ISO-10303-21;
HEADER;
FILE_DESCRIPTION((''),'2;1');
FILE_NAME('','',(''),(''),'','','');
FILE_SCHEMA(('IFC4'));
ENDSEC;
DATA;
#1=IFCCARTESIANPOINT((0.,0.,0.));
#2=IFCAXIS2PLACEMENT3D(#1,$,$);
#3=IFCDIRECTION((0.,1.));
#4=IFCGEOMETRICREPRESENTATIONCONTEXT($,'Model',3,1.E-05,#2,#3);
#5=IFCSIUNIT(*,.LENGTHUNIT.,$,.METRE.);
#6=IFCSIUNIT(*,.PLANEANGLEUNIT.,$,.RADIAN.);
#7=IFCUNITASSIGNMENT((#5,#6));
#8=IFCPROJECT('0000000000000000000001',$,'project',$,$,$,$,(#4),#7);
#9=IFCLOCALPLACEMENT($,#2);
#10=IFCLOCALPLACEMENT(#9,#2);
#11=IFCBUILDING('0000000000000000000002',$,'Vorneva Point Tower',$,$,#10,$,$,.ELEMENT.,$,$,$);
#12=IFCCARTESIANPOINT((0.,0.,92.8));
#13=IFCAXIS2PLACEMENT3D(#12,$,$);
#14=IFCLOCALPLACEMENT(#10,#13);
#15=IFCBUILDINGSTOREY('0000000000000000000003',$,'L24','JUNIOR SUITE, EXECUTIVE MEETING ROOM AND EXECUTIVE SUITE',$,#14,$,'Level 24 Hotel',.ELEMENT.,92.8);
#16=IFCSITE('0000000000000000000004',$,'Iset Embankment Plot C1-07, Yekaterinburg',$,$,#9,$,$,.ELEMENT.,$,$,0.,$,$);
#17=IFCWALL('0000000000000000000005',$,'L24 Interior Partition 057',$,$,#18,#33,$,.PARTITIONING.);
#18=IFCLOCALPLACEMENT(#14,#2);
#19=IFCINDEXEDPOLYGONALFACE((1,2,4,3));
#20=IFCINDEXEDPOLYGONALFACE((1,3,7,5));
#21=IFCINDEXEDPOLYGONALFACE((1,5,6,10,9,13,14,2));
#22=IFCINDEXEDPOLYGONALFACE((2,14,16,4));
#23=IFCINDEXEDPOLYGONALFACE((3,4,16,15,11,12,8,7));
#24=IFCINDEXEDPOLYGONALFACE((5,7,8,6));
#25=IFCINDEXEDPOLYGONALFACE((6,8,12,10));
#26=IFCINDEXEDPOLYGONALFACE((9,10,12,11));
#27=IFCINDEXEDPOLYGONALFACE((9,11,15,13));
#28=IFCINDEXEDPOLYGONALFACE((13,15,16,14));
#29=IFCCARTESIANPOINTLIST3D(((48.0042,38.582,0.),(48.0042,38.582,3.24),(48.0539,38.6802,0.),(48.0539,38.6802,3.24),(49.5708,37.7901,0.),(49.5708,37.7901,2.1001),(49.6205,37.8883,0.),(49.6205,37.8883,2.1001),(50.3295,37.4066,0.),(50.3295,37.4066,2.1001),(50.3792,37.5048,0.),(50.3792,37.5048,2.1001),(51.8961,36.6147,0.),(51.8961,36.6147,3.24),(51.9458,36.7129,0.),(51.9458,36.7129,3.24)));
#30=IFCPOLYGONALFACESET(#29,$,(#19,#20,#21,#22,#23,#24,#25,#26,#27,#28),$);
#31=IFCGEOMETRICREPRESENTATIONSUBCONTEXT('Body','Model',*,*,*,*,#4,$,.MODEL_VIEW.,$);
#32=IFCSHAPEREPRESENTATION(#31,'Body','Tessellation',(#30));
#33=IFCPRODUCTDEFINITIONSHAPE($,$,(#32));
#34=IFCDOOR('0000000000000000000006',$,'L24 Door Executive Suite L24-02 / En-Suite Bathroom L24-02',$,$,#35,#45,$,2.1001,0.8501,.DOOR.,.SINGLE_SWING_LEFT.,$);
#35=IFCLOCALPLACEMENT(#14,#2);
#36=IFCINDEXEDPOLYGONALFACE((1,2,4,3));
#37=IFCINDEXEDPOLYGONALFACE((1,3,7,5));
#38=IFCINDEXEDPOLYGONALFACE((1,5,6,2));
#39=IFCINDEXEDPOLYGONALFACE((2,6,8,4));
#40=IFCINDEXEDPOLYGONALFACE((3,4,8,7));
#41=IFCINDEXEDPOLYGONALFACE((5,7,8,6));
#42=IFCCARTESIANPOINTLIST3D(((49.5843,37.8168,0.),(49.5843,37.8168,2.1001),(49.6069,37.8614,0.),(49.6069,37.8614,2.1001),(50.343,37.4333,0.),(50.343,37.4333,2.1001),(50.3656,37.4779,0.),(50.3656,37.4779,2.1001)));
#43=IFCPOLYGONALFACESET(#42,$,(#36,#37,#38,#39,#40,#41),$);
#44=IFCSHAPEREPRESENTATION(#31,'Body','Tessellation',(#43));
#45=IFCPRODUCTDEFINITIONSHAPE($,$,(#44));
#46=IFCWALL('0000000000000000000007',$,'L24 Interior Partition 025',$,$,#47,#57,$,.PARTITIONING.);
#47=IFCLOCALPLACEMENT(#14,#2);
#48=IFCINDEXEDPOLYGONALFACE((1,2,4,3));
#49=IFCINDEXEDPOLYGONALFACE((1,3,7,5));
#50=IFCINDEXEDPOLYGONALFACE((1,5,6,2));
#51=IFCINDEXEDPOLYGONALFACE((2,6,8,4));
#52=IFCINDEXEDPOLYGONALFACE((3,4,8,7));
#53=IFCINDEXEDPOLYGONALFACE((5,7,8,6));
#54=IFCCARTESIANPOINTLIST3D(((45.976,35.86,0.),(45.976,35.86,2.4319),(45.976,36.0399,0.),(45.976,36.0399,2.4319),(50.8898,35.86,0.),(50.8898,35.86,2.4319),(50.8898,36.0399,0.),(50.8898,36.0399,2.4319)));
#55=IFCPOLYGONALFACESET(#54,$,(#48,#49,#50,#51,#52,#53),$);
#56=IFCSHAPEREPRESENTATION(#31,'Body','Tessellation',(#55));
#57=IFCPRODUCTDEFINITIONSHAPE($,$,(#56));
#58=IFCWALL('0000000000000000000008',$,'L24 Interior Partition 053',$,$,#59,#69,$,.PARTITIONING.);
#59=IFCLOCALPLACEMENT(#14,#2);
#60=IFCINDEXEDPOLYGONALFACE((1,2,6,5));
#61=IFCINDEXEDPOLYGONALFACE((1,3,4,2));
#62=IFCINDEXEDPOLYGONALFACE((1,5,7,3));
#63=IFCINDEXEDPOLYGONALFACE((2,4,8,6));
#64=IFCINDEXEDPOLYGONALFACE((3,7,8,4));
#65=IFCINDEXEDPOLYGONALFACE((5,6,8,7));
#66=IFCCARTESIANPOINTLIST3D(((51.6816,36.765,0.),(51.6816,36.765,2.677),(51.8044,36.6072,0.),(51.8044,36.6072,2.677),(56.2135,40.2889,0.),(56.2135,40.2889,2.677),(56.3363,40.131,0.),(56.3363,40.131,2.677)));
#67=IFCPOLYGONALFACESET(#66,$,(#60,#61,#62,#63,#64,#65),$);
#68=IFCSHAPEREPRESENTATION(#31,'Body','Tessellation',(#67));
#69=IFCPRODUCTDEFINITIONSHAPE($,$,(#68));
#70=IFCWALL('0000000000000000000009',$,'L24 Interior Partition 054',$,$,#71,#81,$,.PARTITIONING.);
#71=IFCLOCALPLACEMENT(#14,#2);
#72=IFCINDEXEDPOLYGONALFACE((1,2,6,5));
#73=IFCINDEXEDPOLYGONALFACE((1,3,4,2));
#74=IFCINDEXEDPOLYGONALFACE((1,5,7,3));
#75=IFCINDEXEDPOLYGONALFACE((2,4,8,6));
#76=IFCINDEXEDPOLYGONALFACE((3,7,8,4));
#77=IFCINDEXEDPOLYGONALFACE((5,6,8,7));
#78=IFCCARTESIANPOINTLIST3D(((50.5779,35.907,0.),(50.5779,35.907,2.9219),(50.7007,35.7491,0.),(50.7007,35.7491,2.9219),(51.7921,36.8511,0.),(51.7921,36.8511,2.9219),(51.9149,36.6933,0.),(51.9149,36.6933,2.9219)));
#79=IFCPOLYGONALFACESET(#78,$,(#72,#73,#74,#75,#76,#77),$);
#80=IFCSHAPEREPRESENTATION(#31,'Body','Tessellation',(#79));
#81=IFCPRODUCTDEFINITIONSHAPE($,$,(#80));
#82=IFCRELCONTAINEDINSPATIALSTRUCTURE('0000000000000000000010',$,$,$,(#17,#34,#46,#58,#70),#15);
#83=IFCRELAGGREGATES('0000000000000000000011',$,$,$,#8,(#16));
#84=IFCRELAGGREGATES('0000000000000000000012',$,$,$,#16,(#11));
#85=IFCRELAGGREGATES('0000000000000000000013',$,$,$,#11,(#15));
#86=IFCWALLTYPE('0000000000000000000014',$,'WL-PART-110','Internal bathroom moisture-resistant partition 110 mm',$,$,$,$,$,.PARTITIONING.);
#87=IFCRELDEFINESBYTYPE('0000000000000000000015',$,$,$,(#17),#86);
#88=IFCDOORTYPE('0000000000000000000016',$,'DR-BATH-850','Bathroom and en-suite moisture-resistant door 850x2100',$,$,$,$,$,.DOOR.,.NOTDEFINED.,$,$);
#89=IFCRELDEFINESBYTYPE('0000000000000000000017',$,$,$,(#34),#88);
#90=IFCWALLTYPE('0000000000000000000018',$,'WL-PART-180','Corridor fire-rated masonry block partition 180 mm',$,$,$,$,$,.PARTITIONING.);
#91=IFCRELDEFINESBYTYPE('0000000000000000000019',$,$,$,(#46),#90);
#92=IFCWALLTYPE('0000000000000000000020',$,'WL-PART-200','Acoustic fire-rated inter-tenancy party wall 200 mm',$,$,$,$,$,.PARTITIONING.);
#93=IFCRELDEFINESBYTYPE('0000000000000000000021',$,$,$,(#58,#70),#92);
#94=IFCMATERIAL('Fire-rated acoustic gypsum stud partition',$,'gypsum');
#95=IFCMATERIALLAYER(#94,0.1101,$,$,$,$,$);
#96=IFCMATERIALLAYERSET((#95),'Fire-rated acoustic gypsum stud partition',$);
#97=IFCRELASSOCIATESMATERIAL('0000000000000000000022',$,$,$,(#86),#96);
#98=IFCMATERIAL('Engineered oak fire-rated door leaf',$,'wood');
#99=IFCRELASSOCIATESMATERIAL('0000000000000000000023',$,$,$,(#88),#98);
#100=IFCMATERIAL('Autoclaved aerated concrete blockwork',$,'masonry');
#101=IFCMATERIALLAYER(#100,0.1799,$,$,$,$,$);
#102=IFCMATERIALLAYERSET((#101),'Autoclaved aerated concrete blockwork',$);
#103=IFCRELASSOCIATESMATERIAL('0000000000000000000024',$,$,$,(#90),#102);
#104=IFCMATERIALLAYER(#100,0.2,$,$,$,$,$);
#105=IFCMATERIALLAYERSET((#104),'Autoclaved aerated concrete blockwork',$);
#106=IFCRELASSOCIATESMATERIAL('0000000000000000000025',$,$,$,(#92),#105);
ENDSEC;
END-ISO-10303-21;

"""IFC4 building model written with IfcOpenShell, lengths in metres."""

from ifc_helpers import new_model, si_unit, direction, frame, frame_2d, origin, place, context, subcontext, project, spatial, rectangle, extrude, material, layer, layer_set, type_object, element, fill, save


model = new_model("IFC4")

# Units and contexts
model_context = context("Model", 3, precision=1e-05, world=origin(), true_north=direction((0.0, 1.0)))
body_context = subcontext(model_context, "Body", "Model", "MODEL_VIEW")
ifc_project = project(units=[si_unit("LENGTHUNIT", "METRE"), si_unit("PLANEANGLEUNIT", "RADIAN")], contexts=[model_context])

# Site, building, storey
site_placement = place(None, origin())
site = spatial("IfcSite", under=ifc_project, at=site_placement, Name="Iset Embankment Plot C1-07, Yekaterinburg", CompositionType="ELEMENT", RefElevation=0.0)
building_placement = place(site_placement, origin())
building = spatial("IfcBuilding", under=site, at=building_placement, Name="Vorneva Point Tower", CompositionType="ELEMENT")
storey_placement = place(building_placement, frame((0.0, 0.0, 92.8)))
storey = spatial("IfcBuildingStorey", under=building, at=storey_placement, Name="L24", Description="JUNIOR SUITE, EXECUTIVE MEETING ROOM AND EXECUTIVE SUITE", LongName="Level 24 Hotel", CompositionType="ELEMENT", Elevation=92.8)

# Wall, opening, door
ifc_material_1 = material(Name="Fire-rated acoustic gypsum stud partition", Category="gypsum")
ifc_layer_1 = layer(ifc_material_1, 0.1101)
ifc_layer_set_1 = layer_set([ifc_layer_1], Name="Fire-rated acoustic gypsum stud partition")
wall_type_1 = type_object("IfcWallType", Name="WL-PART-110", Description="Internal bathroom moisture-resistant partition 110 mm", PredefinedType="PARTITIONING", material=ifc_layer_set_1)
wall_1_placement = place(storey_placement, frame((48.0291, 38.6311, 0.0), z_axis=(0.0, 0.0, 1.0), x_axis=(0.892459, -0.451128, 0.0)))
wall_1 = element("IfcWall", 1, at=wall_1_placement, inside=storey, type_object=wall_type_1, Name="L24 Interior Partition 057", PredefinedType="PARTITIONING", context=body_context, shape_type="SweptSolid", body=[
    extrude(rectangle(XDim=4.3608, YDim=0.1101, at=frame_2d((2.1804, 0.0))), origin(), (0.0, 0.0, 1.0), 3.24),
])
opening_1_placement = place(wall_1_placement, frame((1.7554, 0.0, 0.0)))
opening_1 = element("IfcOpeningElement", 2, at=opening_1_placement, cuts=wall_1, PredefinedType="OPENING", context=body_context, shape_type="SweptSolid", body=[
    extrude(rectangle(XDim=0.8501, YDim=2.1001, at=frame_2d((0.425, 1.05))), frame((0.0, 0.0698, 0.0), z_axis=(0.0, -1.0, 0.0), x_axis=(1.0, 0.0, 0.0)), (0.0, 0.0, 1.0), 0.1399),
])
ifc_material_2 = material(Name="Engineered oak fire-rated door leaf", Category="wood")
door_type = type_object("IfcDoorType", Name="DR-BATH-850", Description="Bathroom and en-suite moisture-resistant door 850x2100", OperationType="NOTDEFINED", PredefinedType="DOOR", material=ifc_material_2)
door_placement = place(opening_1_placement, origin())
door = element("IfcDoor", 3, at=door_placement, inside=storey, type_object=door_type, Name="L24 Door Executive Suite L24-02 / En-Suite Bathroom L24-02", OperationType="SINGLE_SWING_LEFT", OverallHeight=2.1001, OverallWidth=0.8501, PredefinedType="DOOR", context=body_context, shape_type="SweptSolid", body=[
    extrude(rectangle(XDim=0.8501, YDim=2.1001, at=frame_2d((0.425, 1.05))), frame((0.0, 0.0249, 0.0), z_axis=(0.0, -1.0, 0.0), x_axis=(1.0, 0.0, 0.0)), (0.0, 0.0, 1.0), 0.05),
])
fill(opening_1, door)

# Walls
ifc_material_3 = material(Name="Autoclaved aerated concrete blockwork", Category="masonry")
ifc_layer_2 = layer(ifc_material_3, 0.1799)
ifc_layer_set_2 = layer_set([ifc_layer_2], Name="Autoclaved aerated concrete blockwork")
wall_type_2 = type_object("IfcWallType", Name="WL-PART-180", Description="Corridor fire-rated masonry block partition 180 mm", PredefinedType="PARTITIONING", material=ifc_layer_set_2)
wall_2_placement = place(storey_placement, frame((50.8899, 35.95, 0.0), z_axis=(0.0, 0.0, 1.0), x_axis=(-1.0, 0.0, 0.0)))
element("IfcWall", 4, at=wall_2_placement, inside=storey, type_object=wall_type_2, Name="L24 Interior Partition 025", PredefinedType="PARTITIONING", context=body_context, shape_type="SweptSolid", body=[
    extrude(rectangle(XDim=4.9138, YDim=0.1799, at=frame_2d((2.457, 0.0))), origin(), (0.0, 0.0, 1.0), 2.4319),
])
ifc_layer_3 = layer(ifc_material_3, 0.2)
ifc_layer_set_3 = layer_set([ifc_layer_3], Name="Autoclaved aerated concrete blockwork")
wall_type_3 = type_object("IfcWallType", Name="WL-PART-200", Description="Acoustic fire-rated inter-tenancy party wall 200 mm", PredefinedType="PARTITIONING", material=ifc_layer_set_3)
wall_3_placement = place(storey_placement, frame((56.2749, 40.21, 0.0), z_axis=(0.0, 0.0, 1.0), x_axis=(-0.789432, -0.613838, 0.0)))
element("IfcWall", 5, at=wall_3_placement, inside=storey, type_object=wall_type_3, Name="L24 Interior Partition 053", PredefinedType="PARTITIONING", context=body_context, shape_type="SweptSolid", body=[
    extrude(rectangle(XDim=5.7407, YDim=0.2, at=frame_2d((2.8704, 0.0))), origin(), (0.0, 0.0, 1.0), 2.677),
])
wall_4_placement = place(storey_placement, frame((51.8535, 36.7722, 0.0), z_axis=(0.0, 0.0, 1.0), x_axis=(-0.789421, -0.613853, 0.0)))
element("IfcWall", 6, at=wall_4_placement, inside=storey, type_object=wall_type_3, Name="L24 Interior Partition 054", PredefinedType="PARTITIONING", context=body_context, shape_type="SweptSolid", body=[
    extrude(rectangle(XDim=1.5381, YDim=0.2, at=frame_2d((0.769, 0.0))), origin(), (0.0, 0.0, 1.0), 2.9219),
])

save(model, "model.ifc")
